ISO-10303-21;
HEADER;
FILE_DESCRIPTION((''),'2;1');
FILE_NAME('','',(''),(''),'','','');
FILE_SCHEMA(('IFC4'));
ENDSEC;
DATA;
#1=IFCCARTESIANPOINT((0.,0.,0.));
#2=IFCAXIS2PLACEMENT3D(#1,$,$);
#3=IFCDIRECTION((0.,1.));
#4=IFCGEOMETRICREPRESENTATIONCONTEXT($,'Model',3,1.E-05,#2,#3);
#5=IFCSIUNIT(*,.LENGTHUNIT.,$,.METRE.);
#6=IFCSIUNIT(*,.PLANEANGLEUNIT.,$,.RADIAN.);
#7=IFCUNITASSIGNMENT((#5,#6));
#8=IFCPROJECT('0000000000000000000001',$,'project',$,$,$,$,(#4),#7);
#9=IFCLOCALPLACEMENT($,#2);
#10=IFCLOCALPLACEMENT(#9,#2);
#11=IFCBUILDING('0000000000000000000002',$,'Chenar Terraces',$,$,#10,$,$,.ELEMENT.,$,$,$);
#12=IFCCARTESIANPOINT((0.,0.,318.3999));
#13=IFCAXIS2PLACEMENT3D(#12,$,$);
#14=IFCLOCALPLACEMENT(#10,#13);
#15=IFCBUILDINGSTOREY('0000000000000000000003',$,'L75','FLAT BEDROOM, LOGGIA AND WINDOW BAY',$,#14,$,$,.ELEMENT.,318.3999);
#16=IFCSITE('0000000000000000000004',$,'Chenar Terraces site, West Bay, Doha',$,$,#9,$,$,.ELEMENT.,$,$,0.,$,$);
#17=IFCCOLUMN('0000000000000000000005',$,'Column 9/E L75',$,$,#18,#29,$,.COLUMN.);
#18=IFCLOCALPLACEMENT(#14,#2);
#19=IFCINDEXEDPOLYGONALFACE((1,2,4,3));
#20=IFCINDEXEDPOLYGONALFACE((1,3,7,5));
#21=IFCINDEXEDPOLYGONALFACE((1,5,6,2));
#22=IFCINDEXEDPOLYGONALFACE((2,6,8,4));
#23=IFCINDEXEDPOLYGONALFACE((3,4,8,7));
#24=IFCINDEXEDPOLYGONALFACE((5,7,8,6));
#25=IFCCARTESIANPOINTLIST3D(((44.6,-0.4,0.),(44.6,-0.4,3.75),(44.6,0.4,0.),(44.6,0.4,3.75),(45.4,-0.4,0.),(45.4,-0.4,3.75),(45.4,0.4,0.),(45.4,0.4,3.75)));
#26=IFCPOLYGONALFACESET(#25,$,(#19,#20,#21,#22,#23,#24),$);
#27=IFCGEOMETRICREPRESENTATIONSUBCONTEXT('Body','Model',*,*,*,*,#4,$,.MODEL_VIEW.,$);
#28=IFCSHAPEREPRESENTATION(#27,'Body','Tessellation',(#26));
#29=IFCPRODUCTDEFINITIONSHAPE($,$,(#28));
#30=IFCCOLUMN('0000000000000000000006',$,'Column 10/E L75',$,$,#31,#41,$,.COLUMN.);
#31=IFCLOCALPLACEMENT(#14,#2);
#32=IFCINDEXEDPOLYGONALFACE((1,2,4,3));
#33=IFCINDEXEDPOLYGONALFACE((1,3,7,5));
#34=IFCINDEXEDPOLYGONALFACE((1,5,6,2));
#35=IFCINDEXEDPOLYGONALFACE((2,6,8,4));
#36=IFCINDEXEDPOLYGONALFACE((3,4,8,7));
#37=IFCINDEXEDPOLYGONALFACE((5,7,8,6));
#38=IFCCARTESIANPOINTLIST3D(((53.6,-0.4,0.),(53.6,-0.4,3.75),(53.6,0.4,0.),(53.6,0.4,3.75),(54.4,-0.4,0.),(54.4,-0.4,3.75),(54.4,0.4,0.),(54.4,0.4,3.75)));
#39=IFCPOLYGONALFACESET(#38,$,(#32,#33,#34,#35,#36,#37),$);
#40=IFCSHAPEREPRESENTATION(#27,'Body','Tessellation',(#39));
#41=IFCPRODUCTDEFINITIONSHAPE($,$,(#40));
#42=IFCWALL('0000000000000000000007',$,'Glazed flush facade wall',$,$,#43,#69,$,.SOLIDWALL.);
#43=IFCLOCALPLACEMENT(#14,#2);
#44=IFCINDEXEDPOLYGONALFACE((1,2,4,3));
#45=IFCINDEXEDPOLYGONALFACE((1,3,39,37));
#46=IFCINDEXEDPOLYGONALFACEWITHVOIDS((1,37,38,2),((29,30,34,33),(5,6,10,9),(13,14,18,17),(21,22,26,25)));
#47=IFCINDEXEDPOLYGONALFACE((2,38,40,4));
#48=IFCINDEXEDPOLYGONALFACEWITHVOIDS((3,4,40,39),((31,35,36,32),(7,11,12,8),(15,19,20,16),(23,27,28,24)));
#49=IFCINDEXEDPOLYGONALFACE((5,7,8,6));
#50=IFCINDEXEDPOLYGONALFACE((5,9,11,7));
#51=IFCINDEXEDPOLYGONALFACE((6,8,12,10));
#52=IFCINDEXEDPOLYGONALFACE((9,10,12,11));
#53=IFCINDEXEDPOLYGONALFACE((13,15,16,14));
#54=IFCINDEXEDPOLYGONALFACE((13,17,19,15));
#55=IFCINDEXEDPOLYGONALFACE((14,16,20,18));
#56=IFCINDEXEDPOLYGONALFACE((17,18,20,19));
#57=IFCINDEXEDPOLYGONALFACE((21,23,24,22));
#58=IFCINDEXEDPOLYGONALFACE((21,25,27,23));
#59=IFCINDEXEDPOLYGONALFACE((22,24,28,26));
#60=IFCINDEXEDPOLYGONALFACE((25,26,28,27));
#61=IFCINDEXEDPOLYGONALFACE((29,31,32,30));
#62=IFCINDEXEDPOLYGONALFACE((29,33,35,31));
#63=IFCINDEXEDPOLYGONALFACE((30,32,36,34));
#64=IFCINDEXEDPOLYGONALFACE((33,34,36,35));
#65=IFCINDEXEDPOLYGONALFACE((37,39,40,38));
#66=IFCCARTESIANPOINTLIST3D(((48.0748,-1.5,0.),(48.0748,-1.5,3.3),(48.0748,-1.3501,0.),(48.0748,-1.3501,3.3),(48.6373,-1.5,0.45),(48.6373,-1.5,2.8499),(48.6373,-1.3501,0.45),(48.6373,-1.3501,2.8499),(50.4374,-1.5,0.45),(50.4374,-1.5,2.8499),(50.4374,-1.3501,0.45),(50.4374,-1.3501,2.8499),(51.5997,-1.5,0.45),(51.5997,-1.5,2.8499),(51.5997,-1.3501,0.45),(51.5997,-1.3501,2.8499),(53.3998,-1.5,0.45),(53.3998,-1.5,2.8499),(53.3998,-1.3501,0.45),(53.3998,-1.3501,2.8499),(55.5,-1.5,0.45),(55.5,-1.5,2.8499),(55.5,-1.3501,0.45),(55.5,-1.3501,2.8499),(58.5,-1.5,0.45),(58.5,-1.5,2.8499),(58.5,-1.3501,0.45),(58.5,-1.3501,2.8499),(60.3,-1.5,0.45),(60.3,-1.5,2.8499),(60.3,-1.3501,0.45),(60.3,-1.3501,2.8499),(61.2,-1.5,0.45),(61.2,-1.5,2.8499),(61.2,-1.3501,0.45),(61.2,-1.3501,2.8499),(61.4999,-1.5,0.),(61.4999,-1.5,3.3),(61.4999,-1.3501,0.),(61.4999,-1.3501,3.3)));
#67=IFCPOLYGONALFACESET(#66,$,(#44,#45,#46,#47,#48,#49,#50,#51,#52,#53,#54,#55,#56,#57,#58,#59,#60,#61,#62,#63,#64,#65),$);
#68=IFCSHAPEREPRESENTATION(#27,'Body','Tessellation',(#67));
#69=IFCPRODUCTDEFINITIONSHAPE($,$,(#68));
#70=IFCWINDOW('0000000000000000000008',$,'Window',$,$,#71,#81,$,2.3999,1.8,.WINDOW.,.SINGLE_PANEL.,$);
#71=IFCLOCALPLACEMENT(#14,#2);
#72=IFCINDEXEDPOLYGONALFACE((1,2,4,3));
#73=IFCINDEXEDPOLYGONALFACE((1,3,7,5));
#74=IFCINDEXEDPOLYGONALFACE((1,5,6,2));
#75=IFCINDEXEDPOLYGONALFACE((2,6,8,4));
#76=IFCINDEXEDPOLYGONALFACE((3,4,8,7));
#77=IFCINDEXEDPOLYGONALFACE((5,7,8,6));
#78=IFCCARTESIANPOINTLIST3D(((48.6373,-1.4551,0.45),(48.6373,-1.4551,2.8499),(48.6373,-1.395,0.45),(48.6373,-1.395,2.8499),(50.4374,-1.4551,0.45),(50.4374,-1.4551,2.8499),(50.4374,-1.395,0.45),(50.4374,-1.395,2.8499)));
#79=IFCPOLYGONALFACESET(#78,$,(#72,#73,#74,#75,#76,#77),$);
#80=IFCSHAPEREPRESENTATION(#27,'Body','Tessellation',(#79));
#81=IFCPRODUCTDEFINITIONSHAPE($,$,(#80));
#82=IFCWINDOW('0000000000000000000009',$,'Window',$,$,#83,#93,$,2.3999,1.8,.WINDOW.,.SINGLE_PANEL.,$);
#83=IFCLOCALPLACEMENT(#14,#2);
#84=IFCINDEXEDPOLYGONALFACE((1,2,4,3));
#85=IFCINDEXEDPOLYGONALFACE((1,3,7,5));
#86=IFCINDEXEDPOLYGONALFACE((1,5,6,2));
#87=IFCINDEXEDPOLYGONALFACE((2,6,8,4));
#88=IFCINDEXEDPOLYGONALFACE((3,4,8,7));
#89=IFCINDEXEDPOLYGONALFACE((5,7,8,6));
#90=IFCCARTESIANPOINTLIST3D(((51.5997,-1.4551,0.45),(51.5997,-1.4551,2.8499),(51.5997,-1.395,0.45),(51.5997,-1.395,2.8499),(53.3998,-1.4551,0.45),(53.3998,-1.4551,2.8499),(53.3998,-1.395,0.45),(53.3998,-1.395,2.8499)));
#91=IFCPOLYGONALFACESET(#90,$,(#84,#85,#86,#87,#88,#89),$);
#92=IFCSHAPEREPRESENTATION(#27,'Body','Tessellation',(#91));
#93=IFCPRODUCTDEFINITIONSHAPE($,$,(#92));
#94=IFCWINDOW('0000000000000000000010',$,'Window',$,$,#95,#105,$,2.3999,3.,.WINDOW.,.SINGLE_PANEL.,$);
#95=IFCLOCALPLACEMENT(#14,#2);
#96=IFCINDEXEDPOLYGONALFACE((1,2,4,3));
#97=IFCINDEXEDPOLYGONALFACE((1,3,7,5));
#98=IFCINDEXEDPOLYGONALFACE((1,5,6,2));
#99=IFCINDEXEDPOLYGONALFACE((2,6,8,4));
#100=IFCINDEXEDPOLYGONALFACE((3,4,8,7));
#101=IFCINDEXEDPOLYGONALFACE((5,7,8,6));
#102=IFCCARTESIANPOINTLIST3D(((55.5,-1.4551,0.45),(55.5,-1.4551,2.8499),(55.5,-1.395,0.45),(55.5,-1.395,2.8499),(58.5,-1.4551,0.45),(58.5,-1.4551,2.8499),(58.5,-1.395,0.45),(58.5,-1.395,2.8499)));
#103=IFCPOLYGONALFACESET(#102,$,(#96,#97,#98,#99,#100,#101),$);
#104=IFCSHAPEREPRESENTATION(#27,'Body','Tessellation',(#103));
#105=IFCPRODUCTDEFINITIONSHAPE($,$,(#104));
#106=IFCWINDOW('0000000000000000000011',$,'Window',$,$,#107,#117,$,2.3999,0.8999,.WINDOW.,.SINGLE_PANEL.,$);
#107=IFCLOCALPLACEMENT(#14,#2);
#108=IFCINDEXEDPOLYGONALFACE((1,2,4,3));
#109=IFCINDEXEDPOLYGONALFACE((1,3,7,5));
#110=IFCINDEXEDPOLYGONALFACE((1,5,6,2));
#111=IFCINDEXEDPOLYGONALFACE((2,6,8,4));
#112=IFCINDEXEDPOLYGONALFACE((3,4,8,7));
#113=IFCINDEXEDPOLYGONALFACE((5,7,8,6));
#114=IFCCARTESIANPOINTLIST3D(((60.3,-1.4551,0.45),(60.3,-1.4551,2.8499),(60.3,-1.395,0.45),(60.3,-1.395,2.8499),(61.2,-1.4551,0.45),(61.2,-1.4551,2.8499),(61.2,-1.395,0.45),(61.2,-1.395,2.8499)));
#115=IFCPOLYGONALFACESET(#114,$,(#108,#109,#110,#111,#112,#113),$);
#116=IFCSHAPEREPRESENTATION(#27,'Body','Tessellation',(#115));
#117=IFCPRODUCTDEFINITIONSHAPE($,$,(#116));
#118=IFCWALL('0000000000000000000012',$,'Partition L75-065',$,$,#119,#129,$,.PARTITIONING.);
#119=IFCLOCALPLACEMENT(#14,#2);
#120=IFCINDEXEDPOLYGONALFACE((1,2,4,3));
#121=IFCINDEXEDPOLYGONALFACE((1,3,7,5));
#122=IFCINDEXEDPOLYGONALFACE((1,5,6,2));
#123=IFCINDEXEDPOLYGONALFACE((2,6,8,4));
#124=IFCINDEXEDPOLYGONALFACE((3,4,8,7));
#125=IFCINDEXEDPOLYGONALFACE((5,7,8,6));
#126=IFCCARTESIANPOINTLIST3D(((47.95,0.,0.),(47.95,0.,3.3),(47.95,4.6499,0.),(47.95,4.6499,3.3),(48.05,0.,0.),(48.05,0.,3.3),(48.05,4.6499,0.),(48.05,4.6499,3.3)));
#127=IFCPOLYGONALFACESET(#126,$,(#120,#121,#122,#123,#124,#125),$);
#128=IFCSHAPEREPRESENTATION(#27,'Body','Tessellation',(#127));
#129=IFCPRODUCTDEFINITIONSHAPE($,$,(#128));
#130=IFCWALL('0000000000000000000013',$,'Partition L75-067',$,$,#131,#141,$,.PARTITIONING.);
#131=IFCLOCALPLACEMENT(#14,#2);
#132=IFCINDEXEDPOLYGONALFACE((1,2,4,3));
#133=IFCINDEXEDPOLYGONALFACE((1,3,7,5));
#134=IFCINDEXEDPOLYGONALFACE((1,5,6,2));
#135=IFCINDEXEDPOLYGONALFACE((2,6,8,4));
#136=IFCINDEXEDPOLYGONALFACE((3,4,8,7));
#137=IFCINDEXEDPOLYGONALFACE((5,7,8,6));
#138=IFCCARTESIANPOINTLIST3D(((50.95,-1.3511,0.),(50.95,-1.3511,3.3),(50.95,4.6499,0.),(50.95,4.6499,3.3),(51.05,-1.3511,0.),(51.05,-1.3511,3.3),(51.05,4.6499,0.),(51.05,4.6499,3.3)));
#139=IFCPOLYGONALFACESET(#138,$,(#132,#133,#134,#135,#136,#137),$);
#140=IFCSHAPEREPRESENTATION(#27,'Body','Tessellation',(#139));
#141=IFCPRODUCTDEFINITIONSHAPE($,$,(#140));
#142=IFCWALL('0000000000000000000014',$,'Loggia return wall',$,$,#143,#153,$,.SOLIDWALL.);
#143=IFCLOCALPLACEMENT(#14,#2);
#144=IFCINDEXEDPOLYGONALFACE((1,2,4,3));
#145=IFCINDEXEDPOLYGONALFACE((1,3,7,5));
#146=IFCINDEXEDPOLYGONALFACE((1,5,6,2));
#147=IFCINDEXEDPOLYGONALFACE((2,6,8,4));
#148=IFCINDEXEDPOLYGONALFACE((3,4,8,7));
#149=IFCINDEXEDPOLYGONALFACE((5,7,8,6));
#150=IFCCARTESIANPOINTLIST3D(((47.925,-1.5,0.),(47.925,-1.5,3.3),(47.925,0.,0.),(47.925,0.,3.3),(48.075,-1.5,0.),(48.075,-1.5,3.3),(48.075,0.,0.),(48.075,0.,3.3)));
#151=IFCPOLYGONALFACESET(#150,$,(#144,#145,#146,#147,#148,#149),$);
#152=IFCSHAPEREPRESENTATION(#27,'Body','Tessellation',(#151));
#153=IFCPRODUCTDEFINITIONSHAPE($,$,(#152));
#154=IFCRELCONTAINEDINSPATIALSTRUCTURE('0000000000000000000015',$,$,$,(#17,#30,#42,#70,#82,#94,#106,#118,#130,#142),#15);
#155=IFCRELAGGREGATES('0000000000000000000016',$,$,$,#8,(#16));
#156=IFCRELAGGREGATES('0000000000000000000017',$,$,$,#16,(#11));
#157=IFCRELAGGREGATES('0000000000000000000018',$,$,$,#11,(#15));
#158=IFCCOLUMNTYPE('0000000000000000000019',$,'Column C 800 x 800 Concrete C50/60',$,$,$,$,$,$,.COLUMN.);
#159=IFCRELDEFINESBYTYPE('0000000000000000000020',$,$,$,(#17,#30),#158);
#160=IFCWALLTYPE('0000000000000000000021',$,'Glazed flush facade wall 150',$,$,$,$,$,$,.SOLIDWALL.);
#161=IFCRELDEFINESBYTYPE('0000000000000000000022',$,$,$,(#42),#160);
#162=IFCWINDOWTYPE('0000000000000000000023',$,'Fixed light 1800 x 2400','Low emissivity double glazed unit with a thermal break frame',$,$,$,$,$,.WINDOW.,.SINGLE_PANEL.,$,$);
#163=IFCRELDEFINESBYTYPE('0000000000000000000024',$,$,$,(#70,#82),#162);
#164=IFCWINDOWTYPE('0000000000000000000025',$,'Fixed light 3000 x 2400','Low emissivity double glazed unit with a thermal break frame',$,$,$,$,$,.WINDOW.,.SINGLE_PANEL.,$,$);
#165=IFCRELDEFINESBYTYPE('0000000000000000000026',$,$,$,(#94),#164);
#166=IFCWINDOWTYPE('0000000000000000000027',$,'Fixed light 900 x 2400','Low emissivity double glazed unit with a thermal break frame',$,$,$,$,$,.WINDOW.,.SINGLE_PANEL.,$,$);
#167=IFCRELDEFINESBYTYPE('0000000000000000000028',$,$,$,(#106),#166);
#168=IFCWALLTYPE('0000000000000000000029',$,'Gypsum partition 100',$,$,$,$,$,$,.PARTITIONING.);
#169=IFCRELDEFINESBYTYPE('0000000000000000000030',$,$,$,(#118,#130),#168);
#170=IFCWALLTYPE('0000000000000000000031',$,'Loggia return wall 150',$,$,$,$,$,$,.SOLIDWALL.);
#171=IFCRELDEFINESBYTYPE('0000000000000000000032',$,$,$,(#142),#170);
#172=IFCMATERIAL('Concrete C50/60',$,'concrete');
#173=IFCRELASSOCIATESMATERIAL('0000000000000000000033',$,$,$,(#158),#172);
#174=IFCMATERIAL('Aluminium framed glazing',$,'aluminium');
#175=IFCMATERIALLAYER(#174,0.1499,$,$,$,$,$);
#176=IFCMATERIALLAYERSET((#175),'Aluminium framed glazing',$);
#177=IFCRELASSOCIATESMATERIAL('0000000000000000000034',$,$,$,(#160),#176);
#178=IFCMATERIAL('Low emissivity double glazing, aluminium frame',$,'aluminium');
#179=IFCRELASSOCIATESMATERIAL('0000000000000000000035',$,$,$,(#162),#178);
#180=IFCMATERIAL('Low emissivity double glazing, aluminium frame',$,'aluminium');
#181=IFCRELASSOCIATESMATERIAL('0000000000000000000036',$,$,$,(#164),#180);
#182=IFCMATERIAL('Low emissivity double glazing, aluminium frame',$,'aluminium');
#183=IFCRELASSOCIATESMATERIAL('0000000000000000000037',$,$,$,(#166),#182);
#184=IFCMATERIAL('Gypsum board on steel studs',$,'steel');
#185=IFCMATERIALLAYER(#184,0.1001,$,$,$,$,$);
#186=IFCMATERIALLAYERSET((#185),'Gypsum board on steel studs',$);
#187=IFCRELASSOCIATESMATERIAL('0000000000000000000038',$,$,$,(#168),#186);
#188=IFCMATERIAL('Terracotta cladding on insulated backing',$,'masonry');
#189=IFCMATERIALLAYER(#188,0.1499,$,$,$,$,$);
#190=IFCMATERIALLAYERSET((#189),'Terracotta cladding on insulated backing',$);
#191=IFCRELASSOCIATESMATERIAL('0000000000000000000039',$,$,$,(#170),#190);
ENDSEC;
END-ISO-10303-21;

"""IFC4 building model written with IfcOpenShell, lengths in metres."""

from ifc_helpers import new_model, si_unit, direction, frame, frame_2d, origin, origin_2d, place, context, subcontext, project, spatial, rectangle, extrude, material, layer, layer_set, material_profile, profile_set, type_object, element, fill, save


model = new_model("IFC4")

# Units and contexts
model_context = context("Model", 3, precision=1e-05, world=origin(), true_north=direction((0.0, 1.0)))
body_context = subcontext(model_context, "Body", "Model", "MODEL_VIEW")
ifc_project = project(units=[si_unit("LENGTHUNIT", "METRE"), si_unit("PLANEANGLEUNIT", "RADIAN")], contexts=[model_context])

# Site, building, storey
site_placement = place(None, origin())
site = spatial("IfcSite", under=ifc_project, at=site_placement, Name="Chenar Terraces site, West Bay, Doha", CompositionType="ELEMENT", RefElevation=0.0)
building_placement = place(site_placement, origin())
building = spatial("IfcBuilding", under=site, at=building_placement, Name="Chenar Terraces", CompositionType="ELEMENT")
storey_placement = place(building_placement, frame((0.0, 0.0, 318.3999)))
storey = spatial("IfcBuildingStorey", under=building, at=storey_placement, Name="L75", Description="FLAT BEDROOM, LOGGIA AND WINDOW BAY", CompositionType="ELEMENT", Elevation=318.3999)

# Columns
ifc_material_1 = material(Name="Concrete C50/60", Category="concrete")
ifc_material_profile = material_profile(ifc_material_1, rectangle(XDim=0.8, YDim=0.8, at=origin_2d()), Name="C 800 x 800")
ifc_profile_set = profile_set([ifc_material_profile], Name="Concrete C50/60")
column_type = type_object("IfcColumnType", Name="Column C 800 x 800 Concrete C50/60", PredefinedType="COLUMN", material=ifc_profile_set)
for number, where, z_axis, x_axis, name in (
    (1, (45.0, 0.0, 0.0), (0.0, 0.0, 1.0), (1.0, 0.0, 0.0), "Column 9/E L75"),
    (2, (54.0, 0.0, 0.0), (0.0, 0.0, 1.0), (1.0, 0.0, 0.0), "Column 10/E L75"),
):
    element("IfcColumn", number, at=place(storey_placement, frame(where, z_axis=z_axis, x_axis=x_axis)), inside=storey, type_object=column_type, Name=name, PredefinedType="COLUMN", context=body_context, shape_type="SweptSolid", body=[
        extrude(rectangle(XDim=0.8, YDim=0.8, at=origin_2d()), origin(), (0.0, 0.0, 1.0), 3.75),
    ])

# Wall, openings, windows
ifc_material_2 = material(Name="Aluminium framed glazing", Category="aluminium")
ifc_layer_1 = layer(ifc_material_2, 0.1499)
ifc_layer_set_1 = layer_set([ifc_layer_1], Name="Aluminium framed glazing")
wall_type_1 = type_object("IfcWallType", Name="Glazed flush facade wall 150", PredefinedType="SOLIDWALL", material=ifc_layer_set_1)
wall_1_placement = place(storey_placement, frame((48.075, -1.425, 0.0), z_axis=(0.0, 0.0, 1.0), x_axis=(1.0, 0.0, 0.0)))
wall_1 = element("IfcWall", 3, at=wall_1_placement, inside=storey, type_object=wall_type_1, Name="Glazed flush facade wall", PredefinedType="SOLIDWALL", context=body_context, shape_type="SweptSolid", body=[
    extrude(rectangle(XDim=13.425, YDim=0.1499, at=frame_2d((6.7124, 0.0))), origin(), (0.0, 0.0, 1.0), 3.3),
])
opening_1_placement = place(wall_1_placement, frame((0.5625, 0.0, 0.45)))
opening_1 = element("IfcOpeningElement", 4, at=opening_1_placement, cuts=wall_1, PredefinedType="OPENING", context=body_context, shape_type="SweptSolid", body=[
    extrude(rectangle(XDim=1.8, YDim=2.3999, at=frame_2d((0.8999, 1.2))), frame((0.0, 0.085, 0.0), z_axis=(0.0, -1.0, 0.0), x_axis=(1.0, 0.0, 0.0)), (0.0, 0.0, 1.0), 0.1699),
])
opening_2_placement = place(wall_1_placement, frame((3.5249, 0.0, 0.45)))
opening_2 = element("IfcOpeningElement", 5, at=opening_2_placement, cuts=wall_1, PredefinedType="OPENING", context=body_context, shape_type="SweptSolid", body=[
    extrude(rectangle(XDim=1.8, YDim=2.3999, at=frame_2d((0.8999, 1.2))), frame((0.0, 0.085, 0.0), z_axis=(0.0, -1.0, 0.0), x_axis=(1.0, 0.0, 0.0)), (0.0, 0.0, 1.0), 0.1699),
])
opening_3_placement = place(wall_1_placement, frame((7.425, 0.0, 0.45)))
opening_3 = element("IfcOpeningElement", 6, at=opening_3_placement, cuts=wall_1, PredefinedType="OPENING", context=body_context, shape_type="SweptSolid", body=[
    extrude(rectangle(XDim=3.0, YDim=2.3999, at=frame_2d((1.5, 1.2))), frame((0.0, 0.085, 0.0), z_axis=(0.0, -1.0, 0.0), x_axis=(1.0, 0.0, 0.0)), (0.0, 0.0, 1.0), 0.1699),
])
opening_4_placement = place(wall_1_placement, frame((12.2251, 0.0, 0.45)))
opening_4 = element("IfcOpeningElement", 7, at=opening_4_placement, cuts=wall_1, PredefinedType="OPENING", context=body_context, shape_type="SweptSolid", body=[
    extrude(rectangle(XDim=0.8999, YDim=2.3999, at=frame_2d((0.45, 1.2))), frame((0.0, 0.085, 0.0), z_axis=(0.0, -1.0, 0.0), x_axis=(1.0, 0.0, 0.0)), (0.0, 0.0, 1.0), 0.1699),
])
ifc_material_3 = material(Name="Low emissivity double glazing, aluminium frame", Category="aluminium")
window_type_1 = type_object("IfcWindowType", Name="Fixed light 1800 x 2400", Description="Low emissivity double glazed unit with a thermal break frame", PartitioningType="SINGLE_PANEL", PredefinedType="WINDOW", material=ifc_material_3)
window_1_placement = place(opening_1_placement, origin())
window_1 = element("IfcWindow", 8, at=window_1_placement, inside=storey, type_object=window_type_1, Name="Window", OverallHeight=2.3999, OverallWidth=1.8, PartitioningType="SINGLE_PANEL", PredefinedType="WINDOW", context=body_context, shape_type="SweptSolid", body=[
    extrude(rectangle(XDim=1.8, YDim=2.3999, at=frame_2d((0.8999, 1.2))), frame((0.0, 0.03, 0.0), z_axis=(0.0, -1.0, 0.0), x_axis=(1.0, 0.0, 0.0)), (0.0, 0.0, 1.0), 0.0601),
])
fill(opening_1, window_1)
window_2_placement = place(opening_2_placement, origin())
window_2 = element("IfcWindow", 9, at=window_2_placement, inside=storey, type_object=window_type_1, Name="Window", OverallHeight=2.3999, OverallWidth=1.8, PartitioningType="SINGLE_PANEL", PredefinedType="WINDOW", context=body_context, shape_type="SweptSolid", body=[
    extrude(rectangle(XDim=1.8, YDim=2.3999, at=frame_2d((0.8999, 1.2))), frame((0.0, 0.03, 0.0), z_axis=(0.0, -1.0, 0.0), x_axis=(1.0, 0.0, 0.0)), (0.0, 0.0, 1.0), 0.0601),
])
fill(opening_2, window_2)
ifc_material_4 = material(Name="Low emissivity double glazing, aluminium frame", Category="aluminium")
window_type_2 = type_object("IfcWindowType", Name="Fixed light 3000 x 2400", Description="Low emissivity double glazed unit with a thermal break frame", PartitioningType="SINGLE_PANEL", PredefinedType="WINDOW", material=ifc_material_4)
window_3_placement = place(opening_3_placement, origin())
window_3 = element("IfcWindow", 10, at=window_3_placement, inside=storey, type_object=window_type_2, Name="Window", OverallHeight=2.3999, OverallWidth=3.0, PartitioningType="SINGLE_PANEL", PredefinedType="WINDOW", context=body_context, shape_type="SweptSolid", body=[
    extrude(rectangle(XDim=3.0, YDim=2.3999, at=frame_2d((1.5, 1.2))), frame((0.0, 0.03, 0.0), z_axis=(0.0, -1.0, 0.0), x_axis=(1.0, 0.0, 0.0)), (0.0, 0.0, 1.0), 0.0601),
])
fill(opening_3, window_3)
ifc_material_5 = material(Name="Low emissivity double glazing, aluminium frame", Category="aluminium")
window_type_3 = type_object("IfcWindowType", Name="Fixed light 900 x 2400", Description="Low emissivity double glazed unit with a thermal break frame", PartitioningType="SINGLE_PANEL", PredefinedType="WINDOW", material=ifc_material_5)
window_4_placement = place(opening_4_placement, origin())
window_4 = element("IfcWindow", 11, at=window_4_placement, inside=storey, type_object=window_type_3, Name="Window", OverallHeight=2.3999, OverallWidth=0.8999, PartitioningType="SINGLE_PANEL", PredefinedType="WINDOW", context=body_context, shape_type="SweptSolid", body=[
    extrude(rectangle(XDim=0.8999, YDim=2.3999, at=frame_2d((0.45, 1.2))), frame((0.0, 0.03, 0.0), z_axis=(0.0, -1.0, 0.0), x_axis=(1.0, 0.0, 0.0)), (0.0, 0.0, 1.0), 0.0601),
])
fill(opening_4, window_4)

# Walls
ifc_material_6 = material(Name="Gypsum board on steel studs", Category="steel")
ifc_layer_2 = layer(ifc_material_6, 0.1001)
ifc_layer_set_2 = layer_set([ifc_layer_2], Name="Gypsum board on steel studs")
wall_type_2 = type_object("IfcWallType", Name="Gypsum partition 100", PredefinedType="PARTITIONING", material=ifc_layer_set_2)
wall_2_placement = place(storey_placement, frame((48.0, 0.0, 0.0), z_axis=(0.0, 0.0, 1.0), x_axis=(0.0, 1.0, 0.0)))
element("IfcWall", 12, at=wall_2_placement, inside=storey, type_object=wall_type_2, Name="Partition L75-065", PredefinedType="PARTITIONING", context=body_context, shape_type="SweptSolid", body=[
    extrude(rectangle(XDim=4.6499, YDim=0.1001, at=frame_2d((2.325, 0.0))), origin(), (0.0, 0.0, 1.0), 3.3),
])
wall_3_placement = place(storey_placement, frame((51.0, -1.3511, 0.0), z_axis=(0.0, 0.0, 1.0), x_axis=(0.0, 1.0, 0.0)))
element("IfcWall", 13, at=wall_3_placement, inside=storey, type_object=wall_type_2, Name="Partition L75-067", PredefinedType="PARTITIONING", context=body_context, shape_type="SweptSolid", body=[
    extrude(rectangle(XDim=6.001, YDim=0.1001, at=frame_2d((3.0005, 0.0))), origin(), (0.0, 0.0, 1.0), 3.3),
])
ifc_material_7 = material(Name="Terracotta cladding on insulated backing", Category="masonry")
ifc_layer_3 = layer(ifc_material_7, 0.1499)
ifc_layer_set_3 = layer_set([ifc_layer_3], Name="Terracotta cladding on insulated backing")
wall_type_3 = type_object("IfcWallType", Name="Loggia return wall 150", PredefinedType="SOLIDWALL", material=ifc_layer_set_3)
wall_4_placement = place(storey_placement, frame((48.0, -1.5, 0.0), z_axis=(0.0, 0.0, 1.0), x_axis=(0.0, 1.0, 0.0)))
element("IfcWall", 14, at=wall_4_placement, inside=storey, type_object=wall_type_3, Name="Loggia return wall", PredefinedType="SOLIDWALL", context=body_context, shape_type="SweptSolid", body=[
    extrude(rectangle(XDim=1.5, YDim=0.1499, at=frame_2d((0.75, 0.0))), origin(), (0.0, 0.0, 1.0), 3.3),
])

save(model, "model.ifc")
